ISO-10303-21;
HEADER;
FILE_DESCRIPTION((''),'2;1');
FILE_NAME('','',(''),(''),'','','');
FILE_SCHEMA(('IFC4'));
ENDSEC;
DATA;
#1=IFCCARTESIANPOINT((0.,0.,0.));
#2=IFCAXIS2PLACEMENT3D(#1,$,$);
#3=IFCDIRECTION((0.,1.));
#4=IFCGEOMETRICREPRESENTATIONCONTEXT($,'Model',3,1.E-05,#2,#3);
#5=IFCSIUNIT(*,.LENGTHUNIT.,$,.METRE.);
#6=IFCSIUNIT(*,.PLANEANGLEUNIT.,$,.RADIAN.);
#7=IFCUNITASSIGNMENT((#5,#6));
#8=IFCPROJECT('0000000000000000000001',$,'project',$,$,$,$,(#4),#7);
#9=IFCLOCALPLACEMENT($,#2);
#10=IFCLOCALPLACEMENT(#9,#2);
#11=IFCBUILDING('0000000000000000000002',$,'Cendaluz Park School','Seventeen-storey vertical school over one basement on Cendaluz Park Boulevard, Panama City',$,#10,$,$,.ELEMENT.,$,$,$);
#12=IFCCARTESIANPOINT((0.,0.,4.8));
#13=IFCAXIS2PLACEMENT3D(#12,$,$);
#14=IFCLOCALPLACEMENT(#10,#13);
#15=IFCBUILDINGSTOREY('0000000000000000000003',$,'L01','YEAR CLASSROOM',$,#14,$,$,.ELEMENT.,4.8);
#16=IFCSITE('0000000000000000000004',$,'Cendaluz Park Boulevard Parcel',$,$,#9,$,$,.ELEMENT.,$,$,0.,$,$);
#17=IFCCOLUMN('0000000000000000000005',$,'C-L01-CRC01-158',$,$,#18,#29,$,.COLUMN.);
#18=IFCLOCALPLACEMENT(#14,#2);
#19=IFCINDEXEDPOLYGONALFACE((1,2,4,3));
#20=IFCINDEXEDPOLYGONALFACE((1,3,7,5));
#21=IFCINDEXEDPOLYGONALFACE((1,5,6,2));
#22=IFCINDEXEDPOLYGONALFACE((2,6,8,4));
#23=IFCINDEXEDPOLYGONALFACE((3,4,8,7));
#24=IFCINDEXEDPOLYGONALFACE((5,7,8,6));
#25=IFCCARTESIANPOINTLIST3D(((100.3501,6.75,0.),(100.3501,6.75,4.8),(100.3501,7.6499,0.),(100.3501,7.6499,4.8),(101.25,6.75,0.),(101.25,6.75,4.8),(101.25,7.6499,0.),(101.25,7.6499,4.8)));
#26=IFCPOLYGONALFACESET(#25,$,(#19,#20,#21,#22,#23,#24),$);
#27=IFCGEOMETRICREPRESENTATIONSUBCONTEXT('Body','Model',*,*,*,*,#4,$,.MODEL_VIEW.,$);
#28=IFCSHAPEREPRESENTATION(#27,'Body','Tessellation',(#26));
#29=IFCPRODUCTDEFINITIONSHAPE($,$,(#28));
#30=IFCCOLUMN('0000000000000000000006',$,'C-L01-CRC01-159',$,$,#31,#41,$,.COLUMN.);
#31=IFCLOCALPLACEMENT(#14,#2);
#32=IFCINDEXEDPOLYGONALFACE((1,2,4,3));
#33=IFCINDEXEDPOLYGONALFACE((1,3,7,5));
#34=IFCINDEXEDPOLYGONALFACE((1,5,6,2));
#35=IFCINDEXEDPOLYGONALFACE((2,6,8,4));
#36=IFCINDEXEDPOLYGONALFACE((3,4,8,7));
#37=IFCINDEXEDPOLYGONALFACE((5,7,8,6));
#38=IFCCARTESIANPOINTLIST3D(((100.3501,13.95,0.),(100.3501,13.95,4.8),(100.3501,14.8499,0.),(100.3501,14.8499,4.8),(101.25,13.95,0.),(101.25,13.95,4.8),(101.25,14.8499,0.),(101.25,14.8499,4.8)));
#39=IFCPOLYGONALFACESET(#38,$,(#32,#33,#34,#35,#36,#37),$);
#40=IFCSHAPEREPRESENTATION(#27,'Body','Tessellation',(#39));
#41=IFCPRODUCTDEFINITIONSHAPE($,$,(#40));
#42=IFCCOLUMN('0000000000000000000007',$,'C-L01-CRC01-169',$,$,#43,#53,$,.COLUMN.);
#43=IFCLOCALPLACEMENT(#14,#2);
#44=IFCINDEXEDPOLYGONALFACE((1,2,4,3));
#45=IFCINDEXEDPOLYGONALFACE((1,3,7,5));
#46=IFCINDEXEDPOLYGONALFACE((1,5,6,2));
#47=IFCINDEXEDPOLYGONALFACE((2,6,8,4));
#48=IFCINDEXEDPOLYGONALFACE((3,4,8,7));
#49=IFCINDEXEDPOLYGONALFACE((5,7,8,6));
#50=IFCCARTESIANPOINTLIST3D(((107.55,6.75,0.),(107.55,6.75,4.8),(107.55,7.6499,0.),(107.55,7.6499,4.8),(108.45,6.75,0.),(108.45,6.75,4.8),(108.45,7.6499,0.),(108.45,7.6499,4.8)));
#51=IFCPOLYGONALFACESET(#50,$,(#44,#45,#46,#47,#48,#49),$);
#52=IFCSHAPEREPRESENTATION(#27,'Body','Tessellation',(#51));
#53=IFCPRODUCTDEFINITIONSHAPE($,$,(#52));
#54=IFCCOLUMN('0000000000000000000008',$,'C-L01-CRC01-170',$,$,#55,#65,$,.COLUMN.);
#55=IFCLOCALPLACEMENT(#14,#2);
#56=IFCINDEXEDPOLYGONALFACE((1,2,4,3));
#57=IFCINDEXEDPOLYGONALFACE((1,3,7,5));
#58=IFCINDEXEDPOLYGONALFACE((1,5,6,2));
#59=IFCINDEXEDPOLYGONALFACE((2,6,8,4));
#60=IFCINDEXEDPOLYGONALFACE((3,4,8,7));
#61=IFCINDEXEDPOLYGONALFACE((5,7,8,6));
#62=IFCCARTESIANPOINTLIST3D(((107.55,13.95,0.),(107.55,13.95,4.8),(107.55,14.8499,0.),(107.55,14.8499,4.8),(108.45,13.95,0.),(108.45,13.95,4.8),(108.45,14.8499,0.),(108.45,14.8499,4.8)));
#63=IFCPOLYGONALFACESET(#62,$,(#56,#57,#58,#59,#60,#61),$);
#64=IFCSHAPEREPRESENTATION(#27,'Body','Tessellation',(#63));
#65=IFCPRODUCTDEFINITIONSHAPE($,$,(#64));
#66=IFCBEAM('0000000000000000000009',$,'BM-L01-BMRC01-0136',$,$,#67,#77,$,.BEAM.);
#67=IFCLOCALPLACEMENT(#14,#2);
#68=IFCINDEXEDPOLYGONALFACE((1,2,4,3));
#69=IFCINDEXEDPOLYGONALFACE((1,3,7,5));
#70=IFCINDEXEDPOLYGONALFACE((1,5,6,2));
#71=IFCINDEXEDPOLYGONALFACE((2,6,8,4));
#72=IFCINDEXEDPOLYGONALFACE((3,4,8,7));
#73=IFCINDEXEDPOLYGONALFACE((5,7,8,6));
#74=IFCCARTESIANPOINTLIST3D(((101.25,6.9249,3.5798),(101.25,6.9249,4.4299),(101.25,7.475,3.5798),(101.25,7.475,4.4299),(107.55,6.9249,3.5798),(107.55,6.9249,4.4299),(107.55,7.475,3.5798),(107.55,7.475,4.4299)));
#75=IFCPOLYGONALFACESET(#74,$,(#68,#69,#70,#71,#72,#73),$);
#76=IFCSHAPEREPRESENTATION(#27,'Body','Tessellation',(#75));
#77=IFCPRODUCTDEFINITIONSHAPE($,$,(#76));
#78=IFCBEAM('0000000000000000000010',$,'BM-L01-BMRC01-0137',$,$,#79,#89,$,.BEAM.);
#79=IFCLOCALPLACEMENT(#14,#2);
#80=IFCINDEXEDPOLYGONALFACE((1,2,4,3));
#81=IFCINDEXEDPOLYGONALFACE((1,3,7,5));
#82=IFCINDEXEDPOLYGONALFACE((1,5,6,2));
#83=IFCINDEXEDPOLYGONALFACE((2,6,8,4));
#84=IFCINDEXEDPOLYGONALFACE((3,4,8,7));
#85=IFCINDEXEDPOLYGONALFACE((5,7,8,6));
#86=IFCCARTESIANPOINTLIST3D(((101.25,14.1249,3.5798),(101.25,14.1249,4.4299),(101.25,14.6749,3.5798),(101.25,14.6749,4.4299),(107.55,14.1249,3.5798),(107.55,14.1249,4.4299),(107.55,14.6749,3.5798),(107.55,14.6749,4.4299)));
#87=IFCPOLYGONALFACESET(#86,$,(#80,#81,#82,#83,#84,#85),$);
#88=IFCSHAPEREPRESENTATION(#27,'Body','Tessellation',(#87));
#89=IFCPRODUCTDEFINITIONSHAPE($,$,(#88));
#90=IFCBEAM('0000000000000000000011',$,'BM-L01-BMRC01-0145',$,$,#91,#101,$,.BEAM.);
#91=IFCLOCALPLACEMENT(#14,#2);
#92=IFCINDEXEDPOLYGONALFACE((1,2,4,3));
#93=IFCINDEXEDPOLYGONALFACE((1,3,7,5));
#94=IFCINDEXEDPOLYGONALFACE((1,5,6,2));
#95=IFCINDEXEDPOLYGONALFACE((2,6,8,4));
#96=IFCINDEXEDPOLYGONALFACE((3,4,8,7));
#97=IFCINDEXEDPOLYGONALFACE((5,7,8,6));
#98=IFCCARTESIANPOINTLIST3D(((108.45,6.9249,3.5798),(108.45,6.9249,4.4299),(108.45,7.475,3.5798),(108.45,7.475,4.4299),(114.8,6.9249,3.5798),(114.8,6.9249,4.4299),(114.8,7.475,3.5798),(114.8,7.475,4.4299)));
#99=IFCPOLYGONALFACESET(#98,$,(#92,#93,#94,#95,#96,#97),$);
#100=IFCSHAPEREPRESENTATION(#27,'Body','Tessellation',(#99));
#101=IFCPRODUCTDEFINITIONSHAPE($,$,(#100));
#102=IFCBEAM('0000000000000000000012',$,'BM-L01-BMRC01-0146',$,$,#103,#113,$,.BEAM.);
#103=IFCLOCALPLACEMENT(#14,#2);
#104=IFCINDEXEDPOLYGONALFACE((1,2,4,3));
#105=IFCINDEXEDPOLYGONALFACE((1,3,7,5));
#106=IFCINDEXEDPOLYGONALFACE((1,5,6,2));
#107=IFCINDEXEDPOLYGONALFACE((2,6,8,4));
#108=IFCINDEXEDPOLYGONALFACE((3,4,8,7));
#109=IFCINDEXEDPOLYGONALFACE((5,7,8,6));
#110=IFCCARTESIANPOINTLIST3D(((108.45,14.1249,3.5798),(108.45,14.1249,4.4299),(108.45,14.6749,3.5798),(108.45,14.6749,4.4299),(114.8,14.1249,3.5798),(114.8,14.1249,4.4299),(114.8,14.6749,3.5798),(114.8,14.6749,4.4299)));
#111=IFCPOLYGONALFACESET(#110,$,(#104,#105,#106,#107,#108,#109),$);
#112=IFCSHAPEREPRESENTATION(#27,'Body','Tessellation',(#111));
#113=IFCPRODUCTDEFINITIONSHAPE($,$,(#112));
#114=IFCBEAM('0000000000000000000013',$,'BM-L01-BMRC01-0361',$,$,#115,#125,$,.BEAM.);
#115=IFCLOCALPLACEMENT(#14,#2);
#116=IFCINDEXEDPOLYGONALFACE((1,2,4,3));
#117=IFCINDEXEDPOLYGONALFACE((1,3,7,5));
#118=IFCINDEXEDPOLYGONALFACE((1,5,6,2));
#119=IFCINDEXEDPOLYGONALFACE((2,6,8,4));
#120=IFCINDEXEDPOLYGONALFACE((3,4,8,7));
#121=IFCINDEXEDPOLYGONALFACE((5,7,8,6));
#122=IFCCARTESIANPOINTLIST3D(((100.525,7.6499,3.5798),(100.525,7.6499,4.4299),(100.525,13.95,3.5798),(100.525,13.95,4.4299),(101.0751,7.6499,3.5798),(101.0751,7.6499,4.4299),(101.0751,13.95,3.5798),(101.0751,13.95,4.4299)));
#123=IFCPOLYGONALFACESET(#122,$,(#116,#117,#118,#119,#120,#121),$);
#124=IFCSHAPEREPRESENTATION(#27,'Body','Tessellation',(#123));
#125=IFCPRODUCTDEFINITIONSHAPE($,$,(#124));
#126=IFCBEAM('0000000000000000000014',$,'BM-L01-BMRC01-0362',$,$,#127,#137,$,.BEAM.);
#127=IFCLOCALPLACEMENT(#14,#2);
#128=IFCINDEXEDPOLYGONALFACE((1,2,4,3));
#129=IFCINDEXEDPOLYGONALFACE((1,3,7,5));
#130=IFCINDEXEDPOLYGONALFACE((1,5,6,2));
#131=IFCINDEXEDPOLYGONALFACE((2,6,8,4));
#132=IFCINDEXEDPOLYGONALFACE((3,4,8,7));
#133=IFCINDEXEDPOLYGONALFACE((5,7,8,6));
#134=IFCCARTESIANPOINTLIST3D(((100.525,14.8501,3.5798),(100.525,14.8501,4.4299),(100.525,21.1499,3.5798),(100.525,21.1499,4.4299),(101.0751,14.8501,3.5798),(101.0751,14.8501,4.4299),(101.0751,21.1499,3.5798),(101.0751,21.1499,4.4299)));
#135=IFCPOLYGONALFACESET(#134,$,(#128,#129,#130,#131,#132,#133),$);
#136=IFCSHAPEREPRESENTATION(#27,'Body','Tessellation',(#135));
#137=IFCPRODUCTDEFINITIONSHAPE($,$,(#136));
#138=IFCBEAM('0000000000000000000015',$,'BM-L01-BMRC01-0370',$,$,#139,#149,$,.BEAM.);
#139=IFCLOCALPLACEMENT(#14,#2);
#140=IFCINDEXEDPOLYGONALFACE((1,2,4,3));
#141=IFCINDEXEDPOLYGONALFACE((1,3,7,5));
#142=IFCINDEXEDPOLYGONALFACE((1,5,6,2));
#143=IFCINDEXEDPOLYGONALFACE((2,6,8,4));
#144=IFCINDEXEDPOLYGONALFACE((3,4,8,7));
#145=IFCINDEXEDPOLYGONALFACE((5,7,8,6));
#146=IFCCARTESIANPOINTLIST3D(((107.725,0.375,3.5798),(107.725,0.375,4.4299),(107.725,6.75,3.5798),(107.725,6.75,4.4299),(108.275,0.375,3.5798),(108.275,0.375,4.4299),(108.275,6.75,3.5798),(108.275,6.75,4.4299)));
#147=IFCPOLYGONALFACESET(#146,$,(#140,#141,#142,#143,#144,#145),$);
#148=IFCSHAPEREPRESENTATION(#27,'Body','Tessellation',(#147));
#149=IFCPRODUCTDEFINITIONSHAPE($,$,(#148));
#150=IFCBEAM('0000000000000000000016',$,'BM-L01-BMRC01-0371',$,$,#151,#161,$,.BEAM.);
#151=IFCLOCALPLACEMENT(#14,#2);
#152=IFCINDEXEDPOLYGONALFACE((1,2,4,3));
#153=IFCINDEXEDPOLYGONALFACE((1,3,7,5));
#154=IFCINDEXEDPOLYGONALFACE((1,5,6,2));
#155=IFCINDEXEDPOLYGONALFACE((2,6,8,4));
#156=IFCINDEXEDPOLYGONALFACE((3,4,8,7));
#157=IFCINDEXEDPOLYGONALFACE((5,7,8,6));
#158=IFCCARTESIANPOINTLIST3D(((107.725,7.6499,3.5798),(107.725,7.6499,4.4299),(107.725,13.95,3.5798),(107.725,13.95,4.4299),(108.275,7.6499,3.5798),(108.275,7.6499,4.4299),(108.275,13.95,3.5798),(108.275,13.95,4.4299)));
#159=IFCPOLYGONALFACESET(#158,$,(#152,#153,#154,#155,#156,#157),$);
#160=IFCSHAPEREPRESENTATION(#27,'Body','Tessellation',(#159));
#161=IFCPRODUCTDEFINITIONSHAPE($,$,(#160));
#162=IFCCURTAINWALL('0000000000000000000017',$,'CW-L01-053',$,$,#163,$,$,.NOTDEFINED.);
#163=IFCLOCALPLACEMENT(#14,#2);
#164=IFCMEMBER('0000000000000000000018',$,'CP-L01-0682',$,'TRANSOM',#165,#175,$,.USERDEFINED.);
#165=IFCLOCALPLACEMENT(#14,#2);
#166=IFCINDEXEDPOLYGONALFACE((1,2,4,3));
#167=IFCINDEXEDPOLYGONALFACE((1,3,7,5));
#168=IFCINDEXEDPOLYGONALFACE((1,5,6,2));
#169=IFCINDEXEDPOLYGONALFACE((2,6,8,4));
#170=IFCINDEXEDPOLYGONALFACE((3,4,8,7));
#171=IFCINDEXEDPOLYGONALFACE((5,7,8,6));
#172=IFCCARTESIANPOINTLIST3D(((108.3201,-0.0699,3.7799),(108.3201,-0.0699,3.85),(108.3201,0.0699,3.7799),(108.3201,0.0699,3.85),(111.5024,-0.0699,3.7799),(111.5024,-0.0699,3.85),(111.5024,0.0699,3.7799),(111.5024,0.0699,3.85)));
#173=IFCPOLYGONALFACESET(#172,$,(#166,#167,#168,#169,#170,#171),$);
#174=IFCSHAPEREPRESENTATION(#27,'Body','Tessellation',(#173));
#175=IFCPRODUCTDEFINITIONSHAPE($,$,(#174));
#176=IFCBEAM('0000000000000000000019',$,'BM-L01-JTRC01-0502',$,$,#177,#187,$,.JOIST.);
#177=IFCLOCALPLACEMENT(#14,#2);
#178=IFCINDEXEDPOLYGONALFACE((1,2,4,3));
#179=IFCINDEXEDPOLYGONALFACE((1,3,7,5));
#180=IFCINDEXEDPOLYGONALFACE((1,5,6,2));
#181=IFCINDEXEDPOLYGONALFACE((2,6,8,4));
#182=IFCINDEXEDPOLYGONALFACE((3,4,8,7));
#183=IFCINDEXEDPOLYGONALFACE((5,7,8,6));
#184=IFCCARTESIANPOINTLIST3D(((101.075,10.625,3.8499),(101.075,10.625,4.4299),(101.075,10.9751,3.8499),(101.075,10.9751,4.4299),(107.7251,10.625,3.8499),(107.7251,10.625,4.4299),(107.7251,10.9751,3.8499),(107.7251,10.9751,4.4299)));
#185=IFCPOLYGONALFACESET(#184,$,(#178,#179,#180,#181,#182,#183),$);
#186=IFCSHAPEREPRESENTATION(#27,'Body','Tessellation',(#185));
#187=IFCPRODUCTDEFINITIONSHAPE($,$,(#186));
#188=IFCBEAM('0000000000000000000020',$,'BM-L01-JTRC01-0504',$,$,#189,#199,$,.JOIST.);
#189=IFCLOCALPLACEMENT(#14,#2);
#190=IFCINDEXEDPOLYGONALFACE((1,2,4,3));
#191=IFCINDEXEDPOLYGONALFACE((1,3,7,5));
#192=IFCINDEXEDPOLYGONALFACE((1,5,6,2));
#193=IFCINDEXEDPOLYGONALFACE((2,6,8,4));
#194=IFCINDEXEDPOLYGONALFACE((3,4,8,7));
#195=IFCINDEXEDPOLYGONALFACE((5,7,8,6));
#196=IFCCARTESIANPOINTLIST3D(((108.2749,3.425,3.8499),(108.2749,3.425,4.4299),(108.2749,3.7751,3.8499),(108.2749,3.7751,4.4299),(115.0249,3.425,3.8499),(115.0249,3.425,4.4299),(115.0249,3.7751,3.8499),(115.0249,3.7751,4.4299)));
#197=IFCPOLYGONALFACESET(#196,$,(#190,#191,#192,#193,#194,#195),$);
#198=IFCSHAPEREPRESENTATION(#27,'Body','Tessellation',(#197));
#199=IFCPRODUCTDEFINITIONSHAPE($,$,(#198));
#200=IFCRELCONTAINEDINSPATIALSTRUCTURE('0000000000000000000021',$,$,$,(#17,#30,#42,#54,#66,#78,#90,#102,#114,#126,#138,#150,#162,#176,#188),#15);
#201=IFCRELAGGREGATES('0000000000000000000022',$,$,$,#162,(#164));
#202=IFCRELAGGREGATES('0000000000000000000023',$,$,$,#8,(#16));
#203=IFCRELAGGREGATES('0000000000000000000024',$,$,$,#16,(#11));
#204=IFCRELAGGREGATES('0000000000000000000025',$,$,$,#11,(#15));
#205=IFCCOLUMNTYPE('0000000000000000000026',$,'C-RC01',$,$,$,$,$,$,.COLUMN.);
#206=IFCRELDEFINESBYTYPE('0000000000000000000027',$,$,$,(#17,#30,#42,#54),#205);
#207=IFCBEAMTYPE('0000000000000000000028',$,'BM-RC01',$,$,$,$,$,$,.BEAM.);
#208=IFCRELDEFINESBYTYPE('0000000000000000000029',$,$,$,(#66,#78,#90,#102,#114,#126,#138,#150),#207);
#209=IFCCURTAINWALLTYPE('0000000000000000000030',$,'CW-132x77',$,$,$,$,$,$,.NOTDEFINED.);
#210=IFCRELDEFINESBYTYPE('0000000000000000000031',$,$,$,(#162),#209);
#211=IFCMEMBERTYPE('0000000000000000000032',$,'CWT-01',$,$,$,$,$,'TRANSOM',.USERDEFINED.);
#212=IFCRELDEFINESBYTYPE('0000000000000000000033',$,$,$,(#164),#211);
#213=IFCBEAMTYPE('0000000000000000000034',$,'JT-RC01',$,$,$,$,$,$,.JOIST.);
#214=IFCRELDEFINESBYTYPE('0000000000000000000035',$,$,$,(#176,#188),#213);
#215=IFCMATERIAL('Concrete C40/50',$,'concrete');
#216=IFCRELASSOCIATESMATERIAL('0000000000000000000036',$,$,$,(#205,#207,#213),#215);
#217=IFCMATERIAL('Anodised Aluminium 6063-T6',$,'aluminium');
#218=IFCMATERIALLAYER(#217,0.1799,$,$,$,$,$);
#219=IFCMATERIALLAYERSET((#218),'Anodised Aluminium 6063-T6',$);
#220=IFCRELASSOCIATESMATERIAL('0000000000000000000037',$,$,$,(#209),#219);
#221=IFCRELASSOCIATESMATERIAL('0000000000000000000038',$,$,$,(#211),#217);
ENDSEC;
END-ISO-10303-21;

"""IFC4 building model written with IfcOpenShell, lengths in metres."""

from ifc_helpers import new_model, si_unit, direction, frame, origin, origin_2d, place, context, subcontext, project, spatial, rectangle, extrude, material, layer, layer_set, material_profile, profile_set, type_object, element, aggregate, save


model = new_model("IFC4")

# Units and contexts
model_context = context("Model", 3, precision=1e-05, world=origin(), true_north=direction((0.0, 1.0)))
body_context = subcontext(model_context, "Body", "Model", "MODEL_VIEW")
ifc_project = project(units=[si_unit("LENGTHUNIT", "METRE"), si_unit("PLANEANGLEUNIT", "RADIAN")], contexts=[model_context])

# Site, building, storey
site_placement = place(None, origin())
site = spatial("IfcSite", under=ifc_project, at=site_placement, Name="Cendaluz Park Boulevard Parcel", CompositionType="ELEMENT", RefElevation=0.0)
building_placement = place(site_placement, origin())
building = spatial("IfcBuilding", under=site, at=building_placement, Name="Cendaluz Park School", Description="Seventeen-storey vertical school over one basement on Cendaluz Park Boulevard, Panama City", CompositionType="ELEMENT")
storey_placement = place(building_placement, frame((0.0, 0.0, 4.8)))
storey = spatial("IfcBuildingStorey", under=building, at=storey_placement, Name="L01", Description="YEAR CLASSROOM", CompositionType="ELEMENT", Elevation=4.8)

# Columns
ifc_material_1 = material(Name="Concrete C40/50", Category="concrete")
ifc_material_profile_1 = material_profile(ifc_material_1, rectangle(XDim=0.8999, YDim=0.8999, at=origin_2d()), Name="RC 900x900", Category="concrete")
ifc_profile_set_1 = profile_set([ifc_material_profile_1], Name="Concrete C40/50")
column_type = type_object("IfcColumnType", Name="C-RC01", PredefinedType="COLUMN", material=ifc_profile_set_1)
for number, where, z_axis, x_axis, name in (
    (1, (100.8, 7.2, 0.0), (0.0, 0.0, 1.0), (1.0, 0.0, 0.0), "C-L01-CRC01-158"),
    (2, (100.8, 14.3999, 0.0), (0.0, 0.0, 1.0), (1.0, 0.0, 0.0), "C-L01-CRC01-159"),
    (3, (108.0, 7.2, 0.0), (0.0, 0.0, 1.0), (1.0, 0.0, 0.0), "C-L01-CRC01-169"),
    (4, (108.0, 14.3999, 0.0), (0.0, 0.0, 1.0), (1.0, 0.0, 0.0), "C-L01-CRC01-170"),
):
    element("IfcColumn", number, at=place(storey_placement, frame(where, z_axis=z_axis, x_axis=x_axis)), inside=storey, type_object=column_type, Name=name, PredefinedType="COLUMN", context=body_context, shape_type="SweptSolid", body=[
        extrude(rectangle(XDim=0.8999, YDim=0.8999, at=origin_2d()), origin(), (0.0, 0.0, 1.0), 4.8),
    ])

# Beams
ifc_material_profile_2 = material_profile(ifc_material_1, rectangle(XDim=0.55, YDim=0.8501, at=origin_2d()), Name="RC 550x850", Category="concrete")
ifc_profile_set_2 = profile_set([ifc_material_profile_2], Name="Concrete C40/50")
beam_type_1 = type_object("IfcBeamType", Name="BM-RC01", PredefinedType="BEAM", material=ifc_profile_set_2)
for number, where, z_axis, x_axis, name in (
    (5, (101.25, 7.2, 4.0049), (1.0, 0.0, 0.0), (0.0, 1.0, 0.0), "BM-L01-BMRC01-0136"),
    (6, (101.25, 14.3999, 4.0049), (1.0, 0.0, 0.0), (0.0, 1.0, 0.0), "BM-L01-BMRC01-0137"),
):
    element("IfcBeam", number, at=place(storey_placement, frame(where, z_axis=z_axis, x_axis=x_axis)), inside=storey, type_object=beam_type_1, Name=name, PredefinedType="BEAM", context=body_context, shape_type="SweptSolid", body=[
        extrude(rectangle(XDim=0.55, YDim=0.8501, at=origin_2d()), origin(), (0.0, 0.0, 1.0), 6.3),
    ])
for number, where, z_axis, x_axis, name in (
    (7, (108.45, 7.2, 4.0049), (1.0, 0.0, 0.0), (0.0, 1.0, 0.0), "BM-L01-BMRC01-0145"),
    (8, (108.45, 14.3999, 4.0049), (1.0, 0.0, 0.0), (0.0, 1.0, 0.0), "BM-L01-BMRC01-0146"),
):
    element("IfcBeam", number, at=place(storey_placement, frame(where, z_axis=z_axis, x_axis=x_axis)), inside=storey, type_object=beam_type_1, Name=name, PredefinedType="BEAM", context=body_context, shape_type="SweptSolid", body=[
        extrude(rectangle(XDim=0.55, YDim=0.8501, at=origin_2d()), origin(), (0.0, 0.0, 1.0), 6.3501),
    ])
beam_1_placement = place(storey_placement, frame((100.8, 7.6499, 4.0049), z_axis=(0.0, 1.0, 0.0), x_axis=(-1.0, 0.0, 0.0)))
element("IfcBeam", 9, at=beam_1_placement, inside=storey, type_object=beam_type_1, Name="BM-L01-BMRC01-0361", PredefinedType="BEAM", context=body_context, shape_type="SweptSolid", body=[
    extrude(rectangle(XDim=0.55, YDim=0.8501, at=origin_2d()), origin(), (0.0, 0.0, 1.0), 6.3),
])
beam_2_placement = place(storey_placement, frame((100.8, 14.8501, 4.0049), z_axis=(0.0, 1.0, 0.0), x_axis=(-1.0, 0.0, 0.0)))
element("IfcBeam", 10, at=beam_2_placement, inside=storey, type_object=beam_type_1, Name="BM-L01-BMRC01-0362", PredefinedType="BEAM", context=body_context, shape_type="SweptSolid", body=[
    extrude(rectangle(XDim=0.55, YDim=0.8501, at=origin_2d()), origin(), (0.0, 0.0, 1.0), 6.2998),
])
beam_3_placement = place(storey_placement, frame((108.0, 0.375, 4.0049), z_axis=(0.0, 1.0, 0.0), x_axis=(-1.0, 0.0, 0.0)))
element("IfcBeam", 11, at=beam_3_placement, inside=storey, type_object=beam_type_1, Name="BM-L01-BMRC01-0370", PredefinedType="BEAM", context=body_context, shape_type="SweptSolid", body=[
    extrude(rectangle(XDim=0.55, YDim=0.8501, at=origin_2d()), origin(), (0.0, 0.0, 1.0), 6.375),
])
beam_4_placement = place(storey_placement, frame((108.0, 7.6499, 4.0049), z_axis=(0.0, 1.0, 0.0), x_axis=(-1.0, 0.0, 0.0)))
element("IfcBeam", 12, at=beam_4_placement, inside=storey, type_object=beam_type_1, Name="BM-L01-BMRC01-0371", PredefinedType="BEAM", context=body_context, shape_type="SweptSolid", body=[
    extrude(rectangle(XDim=0.55, YDim=0.8501, at=origin_2d()), origin(), (0.0, 0.0, 1.0), 6.3),
])

# Curtain wall, member
ifc_material_2 = material(Name="Anodised Aluminium 6063-T6", Category="aluminium")
ifc_layer_1 = layer(ifc_material_2, 0.1799)
ifc_layer_set_1 = layer_set([ifc_layer_1], Name="Anodised Aluminium 6063-T6")
curtain_wall_type = type_object("IfcCurtainWallType", Name="CW-132x77", PredefinedType="NOTDEFINED", material=ifc_layer_set_1)
curtain_wall_placement = place(storey_placement, origin())
curtain_wall = element("IfcCurtainWall", 13, at=curtain_wall_placement, inside=storey, type_object=curtain_wall_type, Name="CW-L01-053", PredefinedType="NOTDEFINED")
ifc_material_profile_3 = material_profile(ifc_material_2, rectangle(XDim=0.1399, YDim=0.0701, at=origin_2d()), Name="CWT 140x70", Category="aluminium")
ifc_profile_set_3 = profile_set([ifc_material_profile_3], Name="Anodised Aluminium 6063-T6")
member_type = type_object("IfcMemberType", Name="CWT-01", ElementType="TRANSOM", PredefinedType="USERDEFINED", material=ifc_profile_set_3)
member_placement = place(storey_placement, frame((108.3201, 0.0, 3.8149), z_axis=(1.0, 0.0, 0.0), x_axis=(0.0, 1.0, 0.0)))
member = element("IfcMember", 14, at=member_placement, type_object=member_type, Name="CP-L01-0682", ObjectType="TRANSOM", PredefinedType="USERDEFINED", context=body_context, shape_type="SweptSolid", body=[
    extrude(rectangle(XDim=0.1399, YDim=0.0701, at=origin_2d()), origin(), (0.0, 0.0, 1.0), 3.1824),
])
aggregate(curtain_wall, [member])

# Beams
ifc_material_profile_4 = material_profile(ifc_material_1, rectangle(XDim=0.3501, YDim=0.5801, at=origin_2d()), Name="RC 350x580", Category="concrete")
ifc_profile_set_4 = profile_set([ifc_material_profile_4], Name="Concrete C40/50")
beam_type_2 = type_object("IfcBeamType", Name="JT-RC01", PredefinedType="JOIST", material=ifc_profile_set_4)
beam_5_placement = place(storey_placement, frame((101.075, 10.8, 4.1399), z_axis=(1.0, 0.0, 0.0), x_axis=(0.0, 1.0, 0.0)))
element("IfcBeam", 15, at=beam_5_placement, inside=storey, type_object=beam_type_2, Name="BM-L01-JTRC01-0502", PredefinedType="JOIST", context=body_context, shape_type="SweptSolid", body=[
    extrude(rectangle(XDim=0.3501, YDim=0.5801, at=origin_2d()), origin(), (0.0, 0.0, 1.0), 6.6501),
])
beam_6_placement = place(storey_placement, frame((108.2749, 3.6001, 4.1399), z_axis=(1.0, 0.0, 0.0), x_axis=(0.0, 1.0, 0.0)))
element("IfcBeam", 16, at=beam_6_placement, inside=storey, type_object=beam_type_2, Name="BM-L01-JTRC01-0504", PredefinedType="JOIST", context=body_context, shape_type="SweptSolid", body=[
    extrude(rectangle(XDim=0.3501, YDim=0.5801, at=origin_2d()), origin(), (0.0, 0.0, 1.0), 6.75),
])

save(model, "model.ifc")
